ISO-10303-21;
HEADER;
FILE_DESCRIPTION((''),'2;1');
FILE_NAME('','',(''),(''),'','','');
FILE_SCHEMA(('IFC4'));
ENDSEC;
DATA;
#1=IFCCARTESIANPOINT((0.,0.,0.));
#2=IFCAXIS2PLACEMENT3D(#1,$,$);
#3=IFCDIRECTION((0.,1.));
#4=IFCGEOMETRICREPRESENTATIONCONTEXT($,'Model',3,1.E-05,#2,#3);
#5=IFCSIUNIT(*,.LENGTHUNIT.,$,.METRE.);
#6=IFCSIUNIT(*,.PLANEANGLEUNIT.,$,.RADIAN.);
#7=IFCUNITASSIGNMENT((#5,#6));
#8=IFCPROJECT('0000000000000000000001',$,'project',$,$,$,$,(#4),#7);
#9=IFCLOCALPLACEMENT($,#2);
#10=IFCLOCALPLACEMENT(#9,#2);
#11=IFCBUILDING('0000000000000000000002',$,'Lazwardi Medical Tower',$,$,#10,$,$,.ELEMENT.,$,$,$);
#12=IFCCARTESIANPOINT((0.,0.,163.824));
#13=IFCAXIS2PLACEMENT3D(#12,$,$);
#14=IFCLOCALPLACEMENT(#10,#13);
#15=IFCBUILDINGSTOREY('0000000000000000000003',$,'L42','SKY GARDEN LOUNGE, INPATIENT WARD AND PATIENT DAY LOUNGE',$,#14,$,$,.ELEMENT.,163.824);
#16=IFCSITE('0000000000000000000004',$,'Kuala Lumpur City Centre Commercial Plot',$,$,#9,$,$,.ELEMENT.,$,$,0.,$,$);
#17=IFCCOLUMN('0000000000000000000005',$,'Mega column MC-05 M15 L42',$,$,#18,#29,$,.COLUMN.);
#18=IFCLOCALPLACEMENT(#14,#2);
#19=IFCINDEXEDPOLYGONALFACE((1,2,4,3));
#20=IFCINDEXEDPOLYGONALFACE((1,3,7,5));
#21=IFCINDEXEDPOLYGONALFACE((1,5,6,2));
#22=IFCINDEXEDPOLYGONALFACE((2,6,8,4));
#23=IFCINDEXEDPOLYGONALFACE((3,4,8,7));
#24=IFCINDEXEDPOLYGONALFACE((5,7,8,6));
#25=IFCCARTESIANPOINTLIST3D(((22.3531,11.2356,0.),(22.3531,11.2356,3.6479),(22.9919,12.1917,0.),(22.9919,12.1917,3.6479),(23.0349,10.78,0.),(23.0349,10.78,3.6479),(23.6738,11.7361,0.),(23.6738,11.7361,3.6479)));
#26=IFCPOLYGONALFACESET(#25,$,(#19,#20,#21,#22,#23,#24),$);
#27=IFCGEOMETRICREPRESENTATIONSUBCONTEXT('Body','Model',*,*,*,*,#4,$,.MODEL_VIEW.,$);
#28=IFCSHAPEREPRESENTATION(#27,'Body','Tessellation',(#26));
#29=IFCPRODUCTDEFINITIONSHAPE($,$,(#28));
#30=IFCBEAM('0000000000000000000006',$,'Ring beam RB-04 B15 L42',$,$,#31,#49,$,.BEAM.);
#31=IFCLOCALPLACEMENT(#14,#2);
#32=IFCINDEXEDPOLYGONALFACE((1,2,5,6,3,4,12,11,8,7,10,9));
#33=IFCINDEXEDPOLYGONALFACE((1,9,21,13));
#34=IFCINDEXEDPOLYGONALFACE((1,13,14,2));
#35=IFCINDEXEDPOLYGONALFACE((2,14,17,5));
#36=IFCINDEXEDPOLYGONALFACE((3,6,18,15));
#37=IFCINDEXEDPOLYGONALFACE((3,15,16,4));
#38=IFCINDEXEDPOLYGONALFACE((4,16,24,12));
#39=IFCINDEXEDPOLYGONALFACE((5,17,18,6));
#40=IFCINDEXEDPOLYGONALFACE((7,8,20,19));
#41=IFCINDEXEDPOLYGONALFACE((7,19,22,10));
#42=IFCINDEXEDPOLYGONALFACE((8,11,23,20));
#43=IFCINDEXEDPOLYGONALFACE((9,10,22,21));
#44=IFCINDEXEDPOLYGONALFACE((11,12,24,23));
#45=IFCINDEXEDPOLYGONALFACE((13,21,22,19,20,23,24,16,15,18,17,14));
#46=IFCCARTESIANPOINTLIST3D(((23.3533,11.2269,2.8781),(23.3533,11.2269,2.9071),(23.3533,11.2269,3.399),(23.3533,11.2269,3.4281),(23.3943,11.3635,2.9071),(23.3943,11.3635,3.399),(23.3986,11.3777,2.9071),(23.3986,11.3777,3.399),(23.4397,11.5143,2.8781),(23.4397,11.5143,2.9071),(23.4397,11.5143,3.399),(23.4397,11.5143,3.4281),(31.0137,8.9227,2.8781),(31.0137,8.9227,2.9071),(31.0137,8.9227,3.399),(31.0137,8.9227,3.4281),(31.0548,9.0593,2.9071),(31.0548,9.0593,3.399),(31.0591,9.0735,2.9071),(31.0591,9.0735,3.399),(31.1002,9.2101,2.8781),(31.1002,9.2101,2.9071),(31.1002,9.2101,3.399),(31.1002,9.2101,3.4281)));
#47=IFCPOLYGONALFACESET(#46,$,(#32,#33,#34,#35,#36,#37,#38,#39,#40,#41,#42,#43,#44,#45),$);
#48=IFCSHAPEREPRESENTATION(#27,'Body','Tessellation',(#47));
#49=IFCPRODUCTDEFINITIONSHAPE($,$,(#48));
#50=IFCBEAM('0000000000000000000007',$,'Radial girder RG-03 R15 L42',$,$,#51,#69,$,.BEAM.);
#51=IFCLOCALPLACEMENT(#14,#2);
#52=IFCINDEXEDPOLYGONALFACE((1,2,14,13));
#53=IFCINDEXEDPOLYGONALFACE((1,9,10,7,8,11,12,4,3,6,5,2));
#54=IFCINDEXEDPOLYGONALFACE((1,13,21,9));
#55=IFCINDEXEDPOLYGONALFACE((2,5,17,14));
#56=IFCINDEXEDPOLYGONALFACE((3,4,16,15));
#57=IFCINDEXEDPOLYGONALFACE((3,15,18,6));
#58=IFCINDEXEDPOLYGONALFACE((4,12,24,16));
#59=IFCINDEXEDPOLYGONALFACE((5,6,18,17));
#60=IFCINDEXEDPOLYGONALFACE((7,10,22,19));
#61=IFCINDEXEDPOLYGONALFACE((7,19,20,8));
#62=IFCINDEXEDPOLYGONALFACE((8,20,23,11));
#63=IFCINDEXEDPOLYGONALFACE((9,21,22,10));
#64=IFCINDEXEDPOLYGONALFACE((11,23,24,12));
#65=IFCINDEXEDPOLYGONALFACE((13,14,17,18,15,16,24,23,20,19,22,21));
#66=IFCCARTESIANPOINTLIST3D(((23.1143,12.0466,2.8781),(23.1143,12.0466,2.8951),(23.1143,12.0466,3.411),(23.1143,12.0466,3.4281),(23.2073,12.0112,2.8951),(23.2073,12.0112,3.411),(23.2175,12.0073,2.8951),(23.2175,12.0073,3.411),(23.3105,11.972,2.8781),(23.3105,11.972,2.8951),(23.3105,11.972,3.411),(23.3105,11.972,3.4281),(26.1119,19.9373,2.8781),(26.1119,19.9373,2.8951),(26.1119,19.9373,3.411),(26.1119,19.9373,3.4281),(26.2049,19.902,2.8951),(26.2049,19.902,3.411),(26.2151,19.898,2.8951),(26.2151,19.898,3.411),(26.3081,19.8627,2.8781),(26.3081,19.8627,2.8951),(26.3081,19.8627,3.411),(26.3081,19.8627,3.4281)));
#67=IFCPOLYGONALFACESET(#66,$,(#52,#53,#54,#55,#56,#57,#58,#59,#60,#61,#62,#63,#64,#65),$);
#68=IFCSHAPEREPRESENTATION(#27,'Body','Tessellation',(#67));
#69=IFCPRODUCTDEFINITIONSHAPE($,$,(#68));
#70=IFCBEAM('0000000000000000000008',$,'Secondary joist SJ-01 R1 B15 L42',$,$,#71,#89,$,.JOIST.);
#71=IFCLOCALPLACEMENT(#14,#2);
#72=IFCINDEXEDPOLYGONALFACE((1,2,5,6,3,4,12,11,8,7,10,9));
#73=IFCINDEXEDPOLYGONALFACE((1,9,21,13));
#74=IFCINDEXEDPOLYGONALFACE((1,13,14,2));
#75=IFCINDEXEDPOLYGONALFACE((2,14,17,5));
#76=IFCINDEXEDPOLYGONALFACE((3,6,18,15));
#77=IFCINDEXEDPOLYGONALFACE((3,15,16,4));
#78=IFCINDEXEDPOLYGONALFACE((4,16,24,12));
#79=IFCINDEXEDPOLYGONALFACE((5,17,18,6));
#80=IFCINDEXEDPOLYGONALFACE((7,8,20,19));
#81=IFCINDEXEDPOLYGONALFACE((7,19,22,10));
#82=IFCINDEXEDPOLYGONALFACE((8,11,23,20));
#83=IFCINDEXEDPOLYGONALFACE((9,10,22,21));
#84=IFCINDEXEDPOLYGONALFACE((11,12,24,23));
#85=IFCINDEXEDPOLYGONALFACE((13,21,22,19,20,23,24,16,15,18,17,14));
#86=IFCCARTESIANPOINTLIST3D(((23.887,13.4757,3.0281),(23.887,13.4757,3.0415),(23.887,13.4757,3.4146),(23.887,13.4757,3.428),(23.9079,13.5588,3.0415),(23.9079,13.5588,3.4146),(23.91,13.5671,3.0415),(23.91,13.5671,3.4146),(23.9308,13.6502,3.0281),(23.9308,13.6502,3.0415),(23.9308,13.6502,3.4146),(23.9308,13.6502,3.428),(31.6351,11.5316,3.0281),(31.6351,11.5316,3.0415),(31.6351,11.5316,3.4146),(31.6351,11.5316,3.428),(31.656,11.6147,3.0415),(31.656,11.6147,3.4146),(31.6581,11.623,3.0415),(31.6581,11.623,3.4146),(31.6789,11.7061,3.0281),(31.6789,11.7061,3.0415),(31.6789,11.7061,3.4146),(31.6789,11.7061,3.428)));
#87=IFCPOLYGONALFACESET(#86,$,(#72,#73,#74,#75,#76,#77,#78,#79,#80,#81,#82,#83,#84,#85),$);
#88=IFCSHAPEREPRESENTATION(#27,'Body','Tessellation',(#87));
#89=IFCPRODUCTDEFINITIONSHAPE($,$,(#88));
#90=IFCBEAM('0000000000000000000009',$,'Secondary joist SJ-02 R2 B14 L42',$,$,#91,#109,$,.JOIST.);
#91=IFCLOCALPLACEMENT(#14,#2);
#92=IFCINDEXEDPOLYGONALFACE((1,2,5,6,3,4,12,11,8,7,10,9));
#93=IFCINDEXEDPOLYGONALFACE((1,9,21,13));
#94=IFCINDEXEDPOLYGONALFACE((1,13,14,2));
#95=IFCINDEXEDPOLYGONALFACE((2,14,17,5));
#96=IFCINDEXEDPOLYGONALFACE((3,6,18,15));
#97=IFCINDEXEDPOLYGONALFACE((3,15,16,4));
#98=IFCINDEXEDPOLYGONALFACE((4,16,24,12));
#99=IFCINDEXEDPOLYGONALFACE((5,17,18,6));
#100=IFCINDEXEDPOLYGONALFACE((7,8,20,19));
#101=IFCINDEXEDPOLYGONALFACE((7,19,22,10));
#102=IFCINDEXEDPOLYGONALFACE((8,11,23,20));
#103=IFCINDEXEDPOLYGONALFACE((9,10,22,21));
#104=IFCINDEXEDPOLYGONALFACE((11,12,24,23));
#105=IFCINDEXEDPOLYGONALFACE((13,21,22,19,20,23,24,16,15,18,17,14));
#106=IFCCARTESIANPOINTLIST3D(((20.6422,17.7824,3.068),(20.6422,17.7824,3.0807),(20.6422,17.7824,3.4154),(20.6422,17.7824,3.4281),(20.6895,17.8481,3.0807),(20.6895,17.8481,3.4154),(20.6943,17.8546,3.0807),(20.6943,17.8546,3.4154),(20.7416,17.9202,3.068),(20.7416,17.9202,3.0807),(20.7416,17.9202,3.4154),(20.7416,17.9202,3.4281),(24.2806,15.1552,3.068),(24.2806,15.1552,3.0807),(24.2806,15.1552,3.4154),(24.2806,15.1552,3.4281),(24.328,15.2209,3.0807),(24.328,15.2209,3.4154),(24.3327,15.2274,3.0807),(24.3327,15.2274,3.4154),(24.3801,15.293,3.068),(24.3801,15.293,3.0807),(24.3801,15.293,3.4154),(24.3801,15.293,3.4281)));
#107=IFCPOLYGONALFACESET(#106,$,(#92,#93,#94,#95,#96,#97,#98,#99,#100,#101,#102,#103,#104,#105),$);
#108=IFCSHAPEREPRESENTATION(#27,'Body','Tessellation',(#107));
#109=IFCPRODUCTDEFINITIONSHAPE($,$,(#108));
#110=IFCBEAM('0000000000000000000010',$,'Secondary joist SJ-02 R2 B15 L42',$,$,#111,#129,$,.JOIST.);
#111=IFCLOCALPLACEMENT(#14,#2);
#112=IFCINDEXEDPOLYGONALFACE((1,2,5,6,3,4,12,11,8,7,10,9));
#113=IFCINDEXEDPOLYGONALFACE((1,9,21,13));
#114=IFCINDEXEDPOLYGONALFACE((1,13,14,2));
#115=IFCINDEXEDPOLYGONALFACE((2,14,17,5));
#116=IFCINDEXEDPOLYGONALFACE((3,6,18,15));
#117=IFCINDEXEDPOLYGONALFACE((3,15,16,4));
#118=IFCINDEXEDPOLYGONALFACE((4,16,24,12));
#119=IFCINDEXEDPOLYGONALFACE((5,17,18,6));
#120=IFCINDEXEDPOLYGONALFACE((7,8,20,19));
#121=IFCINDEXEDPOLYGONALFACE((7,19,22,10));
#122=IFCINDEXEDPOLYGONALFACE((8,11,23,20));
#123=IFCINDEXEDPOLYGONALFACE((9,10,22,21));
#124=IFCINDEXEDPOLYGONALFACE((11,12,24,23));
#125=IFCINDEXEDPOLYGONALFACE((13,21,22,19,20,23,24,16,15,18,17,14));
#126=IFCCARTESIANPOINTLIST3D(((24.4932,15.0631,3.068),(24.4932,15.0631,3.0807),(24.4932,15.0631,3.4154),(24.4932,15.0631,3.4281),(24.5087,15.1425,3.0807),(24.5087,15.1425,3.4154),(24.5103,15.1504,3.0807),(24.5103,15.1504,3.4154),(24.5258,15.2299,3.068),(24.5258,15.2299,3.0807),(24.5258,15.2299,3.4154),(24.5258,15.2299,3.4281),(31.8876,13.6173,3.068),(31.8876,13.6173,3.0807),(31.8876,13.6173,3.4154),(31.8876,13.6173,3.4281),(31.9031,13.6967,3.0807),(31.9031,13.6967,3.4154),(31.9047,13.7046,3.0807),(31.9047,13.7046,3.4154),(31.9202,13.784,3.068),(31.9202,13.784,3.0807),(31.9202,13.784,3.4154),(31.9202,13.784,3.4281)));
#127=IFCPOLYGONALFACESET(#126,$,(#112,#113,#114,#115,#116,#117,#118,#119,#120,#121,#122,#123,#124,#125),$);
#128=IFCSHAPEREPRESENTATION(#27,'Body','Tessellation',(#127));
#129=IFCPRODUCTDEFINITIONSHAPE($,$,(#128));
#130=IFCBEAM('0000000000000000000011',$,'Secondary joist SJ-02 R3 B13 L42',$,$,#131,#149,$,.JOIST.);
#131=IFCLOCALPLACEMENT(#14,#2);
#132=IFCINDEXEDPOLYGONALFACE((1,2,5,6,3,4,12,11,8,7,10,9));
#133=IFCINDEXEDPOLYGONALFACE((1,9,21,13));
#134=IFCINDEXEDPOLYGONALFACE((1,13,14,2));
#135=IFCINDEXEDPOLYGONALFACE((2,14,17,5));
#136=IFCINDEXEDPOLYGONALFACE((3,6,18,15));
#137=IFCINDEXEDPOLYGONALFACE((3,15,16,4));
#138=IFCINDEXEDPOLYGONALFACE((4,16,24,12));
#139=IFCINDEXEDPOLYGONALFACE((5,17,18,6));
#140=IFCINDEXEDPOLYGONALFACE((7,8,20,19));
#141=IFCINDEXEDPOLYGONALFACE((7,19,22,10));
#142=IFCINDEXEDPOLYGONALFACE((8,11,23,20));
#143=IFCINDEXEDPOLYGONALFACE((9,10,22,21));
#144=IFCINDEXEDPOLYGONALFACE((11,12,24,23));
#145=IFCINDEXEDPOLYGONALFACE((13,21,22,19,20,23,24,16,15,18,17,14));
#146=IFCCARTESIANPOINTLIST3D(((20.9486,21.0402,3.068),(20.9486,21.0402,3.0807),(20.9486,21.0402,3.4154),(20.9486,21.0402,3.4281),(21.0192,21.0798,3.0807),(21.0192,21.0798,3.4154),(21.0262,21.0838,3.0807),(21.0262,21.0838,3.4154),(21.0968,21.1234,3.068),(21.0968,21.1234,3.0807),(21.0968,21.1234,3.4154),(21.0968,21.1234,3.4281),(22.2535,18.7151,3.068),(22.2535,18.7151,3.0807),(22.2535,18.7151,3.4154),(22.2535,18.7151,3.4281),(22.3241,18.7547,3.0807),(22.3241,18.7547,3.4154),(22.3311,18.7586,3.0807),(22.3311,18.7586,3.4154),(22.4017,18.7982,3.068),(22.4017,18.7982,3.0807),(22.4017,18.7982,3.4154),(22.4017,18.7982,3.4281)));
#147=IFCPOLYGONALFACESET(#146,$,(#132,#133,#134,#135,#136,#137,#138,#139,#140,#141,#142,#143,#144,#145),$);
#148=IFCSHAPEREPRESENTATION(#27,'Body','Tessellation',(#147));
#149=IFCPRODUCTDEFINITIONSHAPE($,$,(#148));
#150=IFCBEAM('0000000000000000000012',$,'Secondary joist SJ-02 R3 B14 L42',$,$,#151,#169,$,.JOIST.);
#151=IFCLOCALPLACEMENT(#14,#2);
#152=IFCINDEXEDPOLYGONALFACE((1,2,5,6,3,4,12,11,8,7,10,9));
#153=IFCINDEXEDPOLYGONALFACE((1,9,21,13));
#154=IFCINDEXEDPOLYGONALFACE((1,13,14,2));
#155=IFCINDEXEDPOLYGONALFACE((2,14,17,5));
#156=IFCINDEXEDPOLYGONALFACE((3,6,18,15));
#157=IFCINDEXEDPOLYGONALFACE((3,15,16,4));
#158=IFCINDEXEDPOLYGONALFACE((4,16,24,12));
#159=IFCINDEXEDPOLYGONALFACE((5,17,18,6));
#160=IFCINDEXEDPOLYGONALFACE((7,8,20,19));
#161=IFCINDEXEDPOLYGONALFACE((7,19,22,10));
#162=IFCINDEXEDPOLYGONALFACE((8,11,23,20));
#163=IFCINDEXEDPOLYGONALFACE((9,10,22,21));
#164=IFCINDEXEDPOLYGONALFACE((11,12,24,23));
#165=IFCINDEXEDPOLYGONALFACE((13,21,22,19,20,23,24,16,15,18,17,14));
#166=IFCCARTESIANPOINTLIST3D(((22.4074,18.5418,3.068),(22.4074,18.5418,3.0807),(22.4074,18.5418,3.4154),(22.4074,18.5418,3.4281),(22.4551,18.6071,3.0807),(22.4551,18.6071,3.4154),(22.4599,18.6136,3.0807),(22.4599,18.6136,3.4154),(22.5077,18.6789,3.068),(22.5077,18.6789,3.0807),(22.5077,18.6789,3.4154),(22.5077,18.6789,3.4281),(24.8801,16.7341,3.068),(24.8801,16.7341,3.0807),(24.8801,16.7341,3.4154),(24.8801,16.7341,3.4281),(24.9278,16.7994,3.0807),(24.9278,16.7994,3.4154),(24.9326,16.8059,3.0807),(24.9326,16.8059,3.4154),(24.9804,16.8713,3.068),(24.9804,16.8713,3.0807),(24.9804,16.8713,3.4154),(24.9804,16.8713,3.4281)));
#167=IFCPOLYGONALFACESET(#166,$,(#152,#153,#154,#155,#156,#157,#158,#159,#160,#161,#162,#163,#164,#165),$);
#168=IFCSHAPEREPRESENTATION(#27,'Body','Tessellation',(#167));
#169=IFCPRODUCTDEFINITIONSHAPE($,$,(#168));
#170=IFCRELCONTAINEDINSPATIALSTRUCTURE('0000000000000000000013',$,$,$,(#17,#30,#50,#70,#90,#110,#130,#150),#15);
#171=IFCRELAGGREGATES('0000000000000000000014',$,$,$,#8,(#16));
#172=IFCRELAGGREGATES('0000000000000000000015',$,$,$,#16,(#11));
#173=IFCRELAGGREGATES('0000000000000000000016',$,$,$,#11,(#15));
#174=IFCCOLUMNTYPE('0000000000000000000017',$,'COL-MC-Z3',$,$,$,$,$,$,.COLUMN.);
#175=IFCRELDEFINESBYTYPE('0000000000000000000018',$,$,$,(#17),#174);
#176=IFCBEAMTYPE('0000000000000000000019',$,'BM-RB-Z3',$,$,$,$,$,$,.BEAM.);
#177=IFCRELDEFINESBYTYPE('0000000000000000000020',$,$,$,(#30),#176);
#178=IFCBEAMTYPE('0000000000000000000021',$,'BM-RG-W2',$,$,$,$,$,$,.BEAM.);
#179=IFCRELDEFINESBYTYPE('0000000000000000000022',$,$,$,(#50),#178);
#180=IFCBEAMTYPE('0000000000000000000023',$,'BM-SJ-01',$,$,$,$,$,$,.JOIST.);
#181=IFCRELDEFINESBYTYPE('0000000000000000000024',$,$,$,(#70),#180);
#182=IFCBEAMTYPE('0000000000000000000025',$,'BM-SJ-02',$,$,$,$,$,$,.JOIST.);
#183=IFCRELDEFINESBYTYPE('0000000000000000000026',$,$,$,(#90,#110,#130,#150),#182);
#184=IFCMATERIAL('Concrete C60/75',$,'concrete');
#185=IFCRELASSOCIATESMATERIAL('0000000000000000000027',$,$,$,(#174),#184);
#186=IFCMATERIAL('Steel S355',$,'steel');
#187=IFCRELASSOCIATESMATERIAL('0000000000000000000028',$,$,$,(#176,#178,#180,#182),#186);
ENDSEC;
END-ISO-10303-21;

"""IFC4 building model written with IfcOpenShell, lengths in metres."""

from ifc_helpers import new_model, si_unit, direction, frame, origin, origin_2d, place, context, subcontext, project, spatial, rectangle, i_section, extrude, material, material_profile, profile_set, type_object, element, save


model = new_model("IFC4")

# Units and contexts
model_context = context("Model", 3, precision=1e-05, world=origin(), true_north=direction((0.0, 1.0)))
body_context = subcontext(model_context, "Body", "Model", "MODEL_VIEW")
ifc_project = project(units=[si_unit("LENGTHUNIT", "METRE"), si_unit("PLANEANGLEUNIT", "RADIAN")], contexts=[model_context])

# Site, building, storey
site_placement = place(None, origin())
site = spatial("IfcSite", under=ifc_project, at=site_placement, Name="Kuala Lumpur City Centre Commercial Plot", CompositionType="ELEMENT", RefElevation=0.0)
building_placement = place(site_placement, origin())
building = spatial("IfcBuilding", under=site, at=building_placement, Name="Lazwardi Medical Tower", CompositionType="ELEMENT")
storey_placement = place(building_placement, frame((0.0, 0.0, 163.824)))
storey = spatial("IfcBuildingStorey", under=building, at=storey_placement, Name="L42", Description="SKY GARDEN LOUNGE, INPATIENT WARD AND PATIENT DAY LOUNGE", CompositionType="ELEMENT", Elevation=163.824)

# Column
ifc_material_1 = material(Name="Concrete C60/75", Category="concrete")
ifc_material_profile_1 = material_profile(ifc_material_1, rectangle(XDim=1.1499, YDim=0.8201, at=origin_2d()), Name="CFT-RECT 1150x820")
ifc_profile_set_1 = profile_set([ifc_material_profile_1], Name="Concrete C60/75")
column_type = type_object("IfcColumnType", Name="COL-MC-Z3", PredefinedType="COLUMN", material=ifc_profile_set_1)
column_placement = place(storey_placement, frame((23.0134, 11.4858, 0.0), z_axis=(0.0, 0.0, 1.0), x_axis=(-0.55557, -0.83147, 0.0)))
element("IfcColumn", 1, at=column_placement, inside=storey, type_object=column_type, Name="Mega column MC-05 M15 L42", PredefinedType="COLUMN", context=body_context, shape_type="SweptSolid", body=[
    extrude(rectangle(XDim=1.1499, YDim=0.8201, at=origin_2d()), origin(), (0.0, 0.0, 1.0), 3.6479),
])

# Beams
ifc_material_2 = material(Name="Steel S355", Category="steel")
ifc_material_profile_2 = material_profile(ifc_material_2, i_section(OverallWidth=0.3, OverallDepth=0.55, WebThickness=0.0149, FlangeThickness=0.0291, at=origin_2d()), Name="HEB 550")
ifc_profile_set_2 = profile_set([ifc_material_profile_2], Name="Steel S355")
beam_type_1 = type_object("IfcBeamType", Name="BM-RB-Z3", PredefinedType="BEAM", material=ifc_profile_set_2)
beam_1_placement = place(storey_placement, frame((23.3965, 11.3706, 3.1531), z_axis=(0.957617, -0.288045, 0.0), x_axis=(0.288045, 0.957617, 0.0)))
element("IfcBeam", 2, at=beam_1_placement, inside=storey, type_object=beam_type_1, Name="Ring beam RB-04 B15 L42", PredefinedType="BEAM", context=body_context, shape_type="SweptSolid", body=[
    extrude(i_section(OverallWidth=0.3, OverallDepth=0.55, WebThickness=0.0149, FlangeThickness=0.0291, at=origin_2d()), origin(), (0.0, 0.0, 1.0), 7.9995),
])
ifc_material_profile_3 = material_profile(ifc_material_2, i_section(OverallWidth=0.21, OverallDepth=0.55, WebThickness=0.011, FlangeThickness=0.0171, at=origin_2d()), Name="IPE 550")
ifc_profile_set_3 = profile_set([ifc_material_profile_3], Name="Steel S355")
beam_type_2 = type_object("IfcBeamType", Name="BM-RG-W2", PredefinedType="BEAM", material=ifc_profile_set_3)
beam_2_placement = place(storey_placement, frame((23.2124, 12.0093, 3.1531), z_axis=(0.355127, 0.934818, 0.0), x_axis=(-0.934818, 0.355127, 0.0)))
element("IfcBeam", 3, at=beam_2_placement, inside=storey, type_object=beam_type_2, Name="Radial girder RG-03 R15 L42", PredefinedType="BEAM", context=body_context, shape_type="SweptSolid", body=[
    extrude(i_section(OverallWidth=0.21, OverallDepth=0.55, WebThickness=0.011, FlangeThickness=0.0171, at=origin_2d()), origin(), (0.0, 0.0, 1.0), 8.4409),
])
ifc_material_profile_4 = material_profile(ifc_material_2, i_section(OverallWidth=0.1799, OverallDepth=0.3999, WebThickness=0.0085, FlangeThickness=0.0134, at=origin_2d()), Name="IPE 400")
ifc_profile_set_4 = profile_set([ifc_material_profile_4], Name="Steel S355")
beam_type_3 = type_object("IfcBeamType", Name="BM-SJ-01", PredefinedType="JOIST", material=ifc_profile_set_4)
beam_3_placement = place(storey_placement, frame((23.9089, 13.563, 3.228), z_axis=(0.969934, -0.24337, 0.0), x_axis=(0.24337, 0.969934, 0.0)))
element("IfcBeam", 4, at=beam_3_placement, inside=storey, type_object=beam_type_3, Name="Secondary joist SJ-01 R1 B15 L42", PredefinedType="JOIST", context=body_context, shape_type="SweptSolid", body=[
    extrude(i_section(OverallWidth=0.1799, OverallDepth=0.3999, WebThickness=0.0085, FlangeThickness=0.0134, at=origin_2d()), origin(), (0.0, 0.0, 1.0), 7.9883),
])
ifc_material_profile_5 = material_profile(ifc_material_2, i_section(OverallWidth=0.1699, OverallDepth=0.3601, WebThickness=0.0081, FlangeThickness=0.0127, at=origin_2d()), Name="IPE 360")
ifc_profile_set_5 = profile_set([ifc_material_profile_5], Name="Steel S355")
beam_type_4 = type_object("IfcBeamType", Name="BM-SJ-02", PredefinedType="JOIST", material=ifc_profile_set_5)
beam_4_placement = place(storey_placement, frame((20.6919, 17.8513, 3.248), z_axis=(0.810738, -0.585409, 0.0), x_axis=(0.585409, 0.810738, 0.0)))
element("IfcBeam", 5, at=beam_4_placement, inside=storey, type_object=beam_type_4, Name="Secondary joist SJ-02 R2 B14 L42", PredefinedType="JOIST", context=body_context, shape_type="SweptSolid", body=[
    extrude(i_section(OverallWidth=0.1699, OverallDepth=0.3601, WebThickness=0.0081, FlangeThickness=0.0127, at=origin_2d()), origin(), (0.0, 0.0, 1.0), 4.4878),
])
beam_5_placement = place(storey_placement, frame((24.5095, 15.1465, 3.248), z_axis=(0.981415, -0.191896, 0.0), x_axis=(0.191896, 0.981415, 0.0)))
element("IfcBeam", 6, at=beam_5_placement, inside=storey, type_object=beam_type_4, Name="Secondary joist SJ-02 R2 B15 L42", PredefinedType="JOIST", context=body_context, shape_type="SweptSolid", body=[
    extrude(i_section(OverallWidth=0.1699, OverallDepth=0.3601, WebThickness=0.0081, FlangeThickness=0.0127, at=origin_2d()), origin(), (0.0, 0.0, 1.0), 7.5344),
])
beam_6_placement = place(storey_placement, frame((21.0227, 21.0818, 3.248), z_axis=(0.489409, -0.872054, 0.0), x_axis=(0.872054, 0.489409, 0.0)))
element("IfcBeam", 7, at=beam_6_placement, inside=storey, type_object=beam_type_4, Name="Secondary joist SJ-02 R3 B13 L42", PredefinedType="JOIST", context=body_context, shape_type="SweptSolid", body=[
    extrude(i_section(OverallWidth=0.1699, OverallDepth=0.3601, WebThickness=0.0081, FlangeThickness=0.0127, at=origin_2d()), origin(), (0.0, 0.0, 1.0), 2.6663),
])
beam_7_placement = place(storey_placement, frame((22.4575, 18.6104, 3.248), z_axis=(0.807286, -0.59016, 0.0), x_axis=(0.59016, 0.807286, 0.0)))
element("IfcBeam", 8, at=beam_7_placement, inside=storey, type_object=beam_type_4, Name="Secondary joist SJ-02 R3 B14 L42", PredefinedType="JOIST", context=body_context, shape_type="SweptSolid", body=[
    extrude(i_section(OverallWidth=0.1699, OverallDepth=0.3601, WebThickness=0.0081, FlangeThickness=0.0127, at=origin_2d()), origin(), (0.0, 0.0, 1.0), 3.063),
])

save(model, "model.ifc")
